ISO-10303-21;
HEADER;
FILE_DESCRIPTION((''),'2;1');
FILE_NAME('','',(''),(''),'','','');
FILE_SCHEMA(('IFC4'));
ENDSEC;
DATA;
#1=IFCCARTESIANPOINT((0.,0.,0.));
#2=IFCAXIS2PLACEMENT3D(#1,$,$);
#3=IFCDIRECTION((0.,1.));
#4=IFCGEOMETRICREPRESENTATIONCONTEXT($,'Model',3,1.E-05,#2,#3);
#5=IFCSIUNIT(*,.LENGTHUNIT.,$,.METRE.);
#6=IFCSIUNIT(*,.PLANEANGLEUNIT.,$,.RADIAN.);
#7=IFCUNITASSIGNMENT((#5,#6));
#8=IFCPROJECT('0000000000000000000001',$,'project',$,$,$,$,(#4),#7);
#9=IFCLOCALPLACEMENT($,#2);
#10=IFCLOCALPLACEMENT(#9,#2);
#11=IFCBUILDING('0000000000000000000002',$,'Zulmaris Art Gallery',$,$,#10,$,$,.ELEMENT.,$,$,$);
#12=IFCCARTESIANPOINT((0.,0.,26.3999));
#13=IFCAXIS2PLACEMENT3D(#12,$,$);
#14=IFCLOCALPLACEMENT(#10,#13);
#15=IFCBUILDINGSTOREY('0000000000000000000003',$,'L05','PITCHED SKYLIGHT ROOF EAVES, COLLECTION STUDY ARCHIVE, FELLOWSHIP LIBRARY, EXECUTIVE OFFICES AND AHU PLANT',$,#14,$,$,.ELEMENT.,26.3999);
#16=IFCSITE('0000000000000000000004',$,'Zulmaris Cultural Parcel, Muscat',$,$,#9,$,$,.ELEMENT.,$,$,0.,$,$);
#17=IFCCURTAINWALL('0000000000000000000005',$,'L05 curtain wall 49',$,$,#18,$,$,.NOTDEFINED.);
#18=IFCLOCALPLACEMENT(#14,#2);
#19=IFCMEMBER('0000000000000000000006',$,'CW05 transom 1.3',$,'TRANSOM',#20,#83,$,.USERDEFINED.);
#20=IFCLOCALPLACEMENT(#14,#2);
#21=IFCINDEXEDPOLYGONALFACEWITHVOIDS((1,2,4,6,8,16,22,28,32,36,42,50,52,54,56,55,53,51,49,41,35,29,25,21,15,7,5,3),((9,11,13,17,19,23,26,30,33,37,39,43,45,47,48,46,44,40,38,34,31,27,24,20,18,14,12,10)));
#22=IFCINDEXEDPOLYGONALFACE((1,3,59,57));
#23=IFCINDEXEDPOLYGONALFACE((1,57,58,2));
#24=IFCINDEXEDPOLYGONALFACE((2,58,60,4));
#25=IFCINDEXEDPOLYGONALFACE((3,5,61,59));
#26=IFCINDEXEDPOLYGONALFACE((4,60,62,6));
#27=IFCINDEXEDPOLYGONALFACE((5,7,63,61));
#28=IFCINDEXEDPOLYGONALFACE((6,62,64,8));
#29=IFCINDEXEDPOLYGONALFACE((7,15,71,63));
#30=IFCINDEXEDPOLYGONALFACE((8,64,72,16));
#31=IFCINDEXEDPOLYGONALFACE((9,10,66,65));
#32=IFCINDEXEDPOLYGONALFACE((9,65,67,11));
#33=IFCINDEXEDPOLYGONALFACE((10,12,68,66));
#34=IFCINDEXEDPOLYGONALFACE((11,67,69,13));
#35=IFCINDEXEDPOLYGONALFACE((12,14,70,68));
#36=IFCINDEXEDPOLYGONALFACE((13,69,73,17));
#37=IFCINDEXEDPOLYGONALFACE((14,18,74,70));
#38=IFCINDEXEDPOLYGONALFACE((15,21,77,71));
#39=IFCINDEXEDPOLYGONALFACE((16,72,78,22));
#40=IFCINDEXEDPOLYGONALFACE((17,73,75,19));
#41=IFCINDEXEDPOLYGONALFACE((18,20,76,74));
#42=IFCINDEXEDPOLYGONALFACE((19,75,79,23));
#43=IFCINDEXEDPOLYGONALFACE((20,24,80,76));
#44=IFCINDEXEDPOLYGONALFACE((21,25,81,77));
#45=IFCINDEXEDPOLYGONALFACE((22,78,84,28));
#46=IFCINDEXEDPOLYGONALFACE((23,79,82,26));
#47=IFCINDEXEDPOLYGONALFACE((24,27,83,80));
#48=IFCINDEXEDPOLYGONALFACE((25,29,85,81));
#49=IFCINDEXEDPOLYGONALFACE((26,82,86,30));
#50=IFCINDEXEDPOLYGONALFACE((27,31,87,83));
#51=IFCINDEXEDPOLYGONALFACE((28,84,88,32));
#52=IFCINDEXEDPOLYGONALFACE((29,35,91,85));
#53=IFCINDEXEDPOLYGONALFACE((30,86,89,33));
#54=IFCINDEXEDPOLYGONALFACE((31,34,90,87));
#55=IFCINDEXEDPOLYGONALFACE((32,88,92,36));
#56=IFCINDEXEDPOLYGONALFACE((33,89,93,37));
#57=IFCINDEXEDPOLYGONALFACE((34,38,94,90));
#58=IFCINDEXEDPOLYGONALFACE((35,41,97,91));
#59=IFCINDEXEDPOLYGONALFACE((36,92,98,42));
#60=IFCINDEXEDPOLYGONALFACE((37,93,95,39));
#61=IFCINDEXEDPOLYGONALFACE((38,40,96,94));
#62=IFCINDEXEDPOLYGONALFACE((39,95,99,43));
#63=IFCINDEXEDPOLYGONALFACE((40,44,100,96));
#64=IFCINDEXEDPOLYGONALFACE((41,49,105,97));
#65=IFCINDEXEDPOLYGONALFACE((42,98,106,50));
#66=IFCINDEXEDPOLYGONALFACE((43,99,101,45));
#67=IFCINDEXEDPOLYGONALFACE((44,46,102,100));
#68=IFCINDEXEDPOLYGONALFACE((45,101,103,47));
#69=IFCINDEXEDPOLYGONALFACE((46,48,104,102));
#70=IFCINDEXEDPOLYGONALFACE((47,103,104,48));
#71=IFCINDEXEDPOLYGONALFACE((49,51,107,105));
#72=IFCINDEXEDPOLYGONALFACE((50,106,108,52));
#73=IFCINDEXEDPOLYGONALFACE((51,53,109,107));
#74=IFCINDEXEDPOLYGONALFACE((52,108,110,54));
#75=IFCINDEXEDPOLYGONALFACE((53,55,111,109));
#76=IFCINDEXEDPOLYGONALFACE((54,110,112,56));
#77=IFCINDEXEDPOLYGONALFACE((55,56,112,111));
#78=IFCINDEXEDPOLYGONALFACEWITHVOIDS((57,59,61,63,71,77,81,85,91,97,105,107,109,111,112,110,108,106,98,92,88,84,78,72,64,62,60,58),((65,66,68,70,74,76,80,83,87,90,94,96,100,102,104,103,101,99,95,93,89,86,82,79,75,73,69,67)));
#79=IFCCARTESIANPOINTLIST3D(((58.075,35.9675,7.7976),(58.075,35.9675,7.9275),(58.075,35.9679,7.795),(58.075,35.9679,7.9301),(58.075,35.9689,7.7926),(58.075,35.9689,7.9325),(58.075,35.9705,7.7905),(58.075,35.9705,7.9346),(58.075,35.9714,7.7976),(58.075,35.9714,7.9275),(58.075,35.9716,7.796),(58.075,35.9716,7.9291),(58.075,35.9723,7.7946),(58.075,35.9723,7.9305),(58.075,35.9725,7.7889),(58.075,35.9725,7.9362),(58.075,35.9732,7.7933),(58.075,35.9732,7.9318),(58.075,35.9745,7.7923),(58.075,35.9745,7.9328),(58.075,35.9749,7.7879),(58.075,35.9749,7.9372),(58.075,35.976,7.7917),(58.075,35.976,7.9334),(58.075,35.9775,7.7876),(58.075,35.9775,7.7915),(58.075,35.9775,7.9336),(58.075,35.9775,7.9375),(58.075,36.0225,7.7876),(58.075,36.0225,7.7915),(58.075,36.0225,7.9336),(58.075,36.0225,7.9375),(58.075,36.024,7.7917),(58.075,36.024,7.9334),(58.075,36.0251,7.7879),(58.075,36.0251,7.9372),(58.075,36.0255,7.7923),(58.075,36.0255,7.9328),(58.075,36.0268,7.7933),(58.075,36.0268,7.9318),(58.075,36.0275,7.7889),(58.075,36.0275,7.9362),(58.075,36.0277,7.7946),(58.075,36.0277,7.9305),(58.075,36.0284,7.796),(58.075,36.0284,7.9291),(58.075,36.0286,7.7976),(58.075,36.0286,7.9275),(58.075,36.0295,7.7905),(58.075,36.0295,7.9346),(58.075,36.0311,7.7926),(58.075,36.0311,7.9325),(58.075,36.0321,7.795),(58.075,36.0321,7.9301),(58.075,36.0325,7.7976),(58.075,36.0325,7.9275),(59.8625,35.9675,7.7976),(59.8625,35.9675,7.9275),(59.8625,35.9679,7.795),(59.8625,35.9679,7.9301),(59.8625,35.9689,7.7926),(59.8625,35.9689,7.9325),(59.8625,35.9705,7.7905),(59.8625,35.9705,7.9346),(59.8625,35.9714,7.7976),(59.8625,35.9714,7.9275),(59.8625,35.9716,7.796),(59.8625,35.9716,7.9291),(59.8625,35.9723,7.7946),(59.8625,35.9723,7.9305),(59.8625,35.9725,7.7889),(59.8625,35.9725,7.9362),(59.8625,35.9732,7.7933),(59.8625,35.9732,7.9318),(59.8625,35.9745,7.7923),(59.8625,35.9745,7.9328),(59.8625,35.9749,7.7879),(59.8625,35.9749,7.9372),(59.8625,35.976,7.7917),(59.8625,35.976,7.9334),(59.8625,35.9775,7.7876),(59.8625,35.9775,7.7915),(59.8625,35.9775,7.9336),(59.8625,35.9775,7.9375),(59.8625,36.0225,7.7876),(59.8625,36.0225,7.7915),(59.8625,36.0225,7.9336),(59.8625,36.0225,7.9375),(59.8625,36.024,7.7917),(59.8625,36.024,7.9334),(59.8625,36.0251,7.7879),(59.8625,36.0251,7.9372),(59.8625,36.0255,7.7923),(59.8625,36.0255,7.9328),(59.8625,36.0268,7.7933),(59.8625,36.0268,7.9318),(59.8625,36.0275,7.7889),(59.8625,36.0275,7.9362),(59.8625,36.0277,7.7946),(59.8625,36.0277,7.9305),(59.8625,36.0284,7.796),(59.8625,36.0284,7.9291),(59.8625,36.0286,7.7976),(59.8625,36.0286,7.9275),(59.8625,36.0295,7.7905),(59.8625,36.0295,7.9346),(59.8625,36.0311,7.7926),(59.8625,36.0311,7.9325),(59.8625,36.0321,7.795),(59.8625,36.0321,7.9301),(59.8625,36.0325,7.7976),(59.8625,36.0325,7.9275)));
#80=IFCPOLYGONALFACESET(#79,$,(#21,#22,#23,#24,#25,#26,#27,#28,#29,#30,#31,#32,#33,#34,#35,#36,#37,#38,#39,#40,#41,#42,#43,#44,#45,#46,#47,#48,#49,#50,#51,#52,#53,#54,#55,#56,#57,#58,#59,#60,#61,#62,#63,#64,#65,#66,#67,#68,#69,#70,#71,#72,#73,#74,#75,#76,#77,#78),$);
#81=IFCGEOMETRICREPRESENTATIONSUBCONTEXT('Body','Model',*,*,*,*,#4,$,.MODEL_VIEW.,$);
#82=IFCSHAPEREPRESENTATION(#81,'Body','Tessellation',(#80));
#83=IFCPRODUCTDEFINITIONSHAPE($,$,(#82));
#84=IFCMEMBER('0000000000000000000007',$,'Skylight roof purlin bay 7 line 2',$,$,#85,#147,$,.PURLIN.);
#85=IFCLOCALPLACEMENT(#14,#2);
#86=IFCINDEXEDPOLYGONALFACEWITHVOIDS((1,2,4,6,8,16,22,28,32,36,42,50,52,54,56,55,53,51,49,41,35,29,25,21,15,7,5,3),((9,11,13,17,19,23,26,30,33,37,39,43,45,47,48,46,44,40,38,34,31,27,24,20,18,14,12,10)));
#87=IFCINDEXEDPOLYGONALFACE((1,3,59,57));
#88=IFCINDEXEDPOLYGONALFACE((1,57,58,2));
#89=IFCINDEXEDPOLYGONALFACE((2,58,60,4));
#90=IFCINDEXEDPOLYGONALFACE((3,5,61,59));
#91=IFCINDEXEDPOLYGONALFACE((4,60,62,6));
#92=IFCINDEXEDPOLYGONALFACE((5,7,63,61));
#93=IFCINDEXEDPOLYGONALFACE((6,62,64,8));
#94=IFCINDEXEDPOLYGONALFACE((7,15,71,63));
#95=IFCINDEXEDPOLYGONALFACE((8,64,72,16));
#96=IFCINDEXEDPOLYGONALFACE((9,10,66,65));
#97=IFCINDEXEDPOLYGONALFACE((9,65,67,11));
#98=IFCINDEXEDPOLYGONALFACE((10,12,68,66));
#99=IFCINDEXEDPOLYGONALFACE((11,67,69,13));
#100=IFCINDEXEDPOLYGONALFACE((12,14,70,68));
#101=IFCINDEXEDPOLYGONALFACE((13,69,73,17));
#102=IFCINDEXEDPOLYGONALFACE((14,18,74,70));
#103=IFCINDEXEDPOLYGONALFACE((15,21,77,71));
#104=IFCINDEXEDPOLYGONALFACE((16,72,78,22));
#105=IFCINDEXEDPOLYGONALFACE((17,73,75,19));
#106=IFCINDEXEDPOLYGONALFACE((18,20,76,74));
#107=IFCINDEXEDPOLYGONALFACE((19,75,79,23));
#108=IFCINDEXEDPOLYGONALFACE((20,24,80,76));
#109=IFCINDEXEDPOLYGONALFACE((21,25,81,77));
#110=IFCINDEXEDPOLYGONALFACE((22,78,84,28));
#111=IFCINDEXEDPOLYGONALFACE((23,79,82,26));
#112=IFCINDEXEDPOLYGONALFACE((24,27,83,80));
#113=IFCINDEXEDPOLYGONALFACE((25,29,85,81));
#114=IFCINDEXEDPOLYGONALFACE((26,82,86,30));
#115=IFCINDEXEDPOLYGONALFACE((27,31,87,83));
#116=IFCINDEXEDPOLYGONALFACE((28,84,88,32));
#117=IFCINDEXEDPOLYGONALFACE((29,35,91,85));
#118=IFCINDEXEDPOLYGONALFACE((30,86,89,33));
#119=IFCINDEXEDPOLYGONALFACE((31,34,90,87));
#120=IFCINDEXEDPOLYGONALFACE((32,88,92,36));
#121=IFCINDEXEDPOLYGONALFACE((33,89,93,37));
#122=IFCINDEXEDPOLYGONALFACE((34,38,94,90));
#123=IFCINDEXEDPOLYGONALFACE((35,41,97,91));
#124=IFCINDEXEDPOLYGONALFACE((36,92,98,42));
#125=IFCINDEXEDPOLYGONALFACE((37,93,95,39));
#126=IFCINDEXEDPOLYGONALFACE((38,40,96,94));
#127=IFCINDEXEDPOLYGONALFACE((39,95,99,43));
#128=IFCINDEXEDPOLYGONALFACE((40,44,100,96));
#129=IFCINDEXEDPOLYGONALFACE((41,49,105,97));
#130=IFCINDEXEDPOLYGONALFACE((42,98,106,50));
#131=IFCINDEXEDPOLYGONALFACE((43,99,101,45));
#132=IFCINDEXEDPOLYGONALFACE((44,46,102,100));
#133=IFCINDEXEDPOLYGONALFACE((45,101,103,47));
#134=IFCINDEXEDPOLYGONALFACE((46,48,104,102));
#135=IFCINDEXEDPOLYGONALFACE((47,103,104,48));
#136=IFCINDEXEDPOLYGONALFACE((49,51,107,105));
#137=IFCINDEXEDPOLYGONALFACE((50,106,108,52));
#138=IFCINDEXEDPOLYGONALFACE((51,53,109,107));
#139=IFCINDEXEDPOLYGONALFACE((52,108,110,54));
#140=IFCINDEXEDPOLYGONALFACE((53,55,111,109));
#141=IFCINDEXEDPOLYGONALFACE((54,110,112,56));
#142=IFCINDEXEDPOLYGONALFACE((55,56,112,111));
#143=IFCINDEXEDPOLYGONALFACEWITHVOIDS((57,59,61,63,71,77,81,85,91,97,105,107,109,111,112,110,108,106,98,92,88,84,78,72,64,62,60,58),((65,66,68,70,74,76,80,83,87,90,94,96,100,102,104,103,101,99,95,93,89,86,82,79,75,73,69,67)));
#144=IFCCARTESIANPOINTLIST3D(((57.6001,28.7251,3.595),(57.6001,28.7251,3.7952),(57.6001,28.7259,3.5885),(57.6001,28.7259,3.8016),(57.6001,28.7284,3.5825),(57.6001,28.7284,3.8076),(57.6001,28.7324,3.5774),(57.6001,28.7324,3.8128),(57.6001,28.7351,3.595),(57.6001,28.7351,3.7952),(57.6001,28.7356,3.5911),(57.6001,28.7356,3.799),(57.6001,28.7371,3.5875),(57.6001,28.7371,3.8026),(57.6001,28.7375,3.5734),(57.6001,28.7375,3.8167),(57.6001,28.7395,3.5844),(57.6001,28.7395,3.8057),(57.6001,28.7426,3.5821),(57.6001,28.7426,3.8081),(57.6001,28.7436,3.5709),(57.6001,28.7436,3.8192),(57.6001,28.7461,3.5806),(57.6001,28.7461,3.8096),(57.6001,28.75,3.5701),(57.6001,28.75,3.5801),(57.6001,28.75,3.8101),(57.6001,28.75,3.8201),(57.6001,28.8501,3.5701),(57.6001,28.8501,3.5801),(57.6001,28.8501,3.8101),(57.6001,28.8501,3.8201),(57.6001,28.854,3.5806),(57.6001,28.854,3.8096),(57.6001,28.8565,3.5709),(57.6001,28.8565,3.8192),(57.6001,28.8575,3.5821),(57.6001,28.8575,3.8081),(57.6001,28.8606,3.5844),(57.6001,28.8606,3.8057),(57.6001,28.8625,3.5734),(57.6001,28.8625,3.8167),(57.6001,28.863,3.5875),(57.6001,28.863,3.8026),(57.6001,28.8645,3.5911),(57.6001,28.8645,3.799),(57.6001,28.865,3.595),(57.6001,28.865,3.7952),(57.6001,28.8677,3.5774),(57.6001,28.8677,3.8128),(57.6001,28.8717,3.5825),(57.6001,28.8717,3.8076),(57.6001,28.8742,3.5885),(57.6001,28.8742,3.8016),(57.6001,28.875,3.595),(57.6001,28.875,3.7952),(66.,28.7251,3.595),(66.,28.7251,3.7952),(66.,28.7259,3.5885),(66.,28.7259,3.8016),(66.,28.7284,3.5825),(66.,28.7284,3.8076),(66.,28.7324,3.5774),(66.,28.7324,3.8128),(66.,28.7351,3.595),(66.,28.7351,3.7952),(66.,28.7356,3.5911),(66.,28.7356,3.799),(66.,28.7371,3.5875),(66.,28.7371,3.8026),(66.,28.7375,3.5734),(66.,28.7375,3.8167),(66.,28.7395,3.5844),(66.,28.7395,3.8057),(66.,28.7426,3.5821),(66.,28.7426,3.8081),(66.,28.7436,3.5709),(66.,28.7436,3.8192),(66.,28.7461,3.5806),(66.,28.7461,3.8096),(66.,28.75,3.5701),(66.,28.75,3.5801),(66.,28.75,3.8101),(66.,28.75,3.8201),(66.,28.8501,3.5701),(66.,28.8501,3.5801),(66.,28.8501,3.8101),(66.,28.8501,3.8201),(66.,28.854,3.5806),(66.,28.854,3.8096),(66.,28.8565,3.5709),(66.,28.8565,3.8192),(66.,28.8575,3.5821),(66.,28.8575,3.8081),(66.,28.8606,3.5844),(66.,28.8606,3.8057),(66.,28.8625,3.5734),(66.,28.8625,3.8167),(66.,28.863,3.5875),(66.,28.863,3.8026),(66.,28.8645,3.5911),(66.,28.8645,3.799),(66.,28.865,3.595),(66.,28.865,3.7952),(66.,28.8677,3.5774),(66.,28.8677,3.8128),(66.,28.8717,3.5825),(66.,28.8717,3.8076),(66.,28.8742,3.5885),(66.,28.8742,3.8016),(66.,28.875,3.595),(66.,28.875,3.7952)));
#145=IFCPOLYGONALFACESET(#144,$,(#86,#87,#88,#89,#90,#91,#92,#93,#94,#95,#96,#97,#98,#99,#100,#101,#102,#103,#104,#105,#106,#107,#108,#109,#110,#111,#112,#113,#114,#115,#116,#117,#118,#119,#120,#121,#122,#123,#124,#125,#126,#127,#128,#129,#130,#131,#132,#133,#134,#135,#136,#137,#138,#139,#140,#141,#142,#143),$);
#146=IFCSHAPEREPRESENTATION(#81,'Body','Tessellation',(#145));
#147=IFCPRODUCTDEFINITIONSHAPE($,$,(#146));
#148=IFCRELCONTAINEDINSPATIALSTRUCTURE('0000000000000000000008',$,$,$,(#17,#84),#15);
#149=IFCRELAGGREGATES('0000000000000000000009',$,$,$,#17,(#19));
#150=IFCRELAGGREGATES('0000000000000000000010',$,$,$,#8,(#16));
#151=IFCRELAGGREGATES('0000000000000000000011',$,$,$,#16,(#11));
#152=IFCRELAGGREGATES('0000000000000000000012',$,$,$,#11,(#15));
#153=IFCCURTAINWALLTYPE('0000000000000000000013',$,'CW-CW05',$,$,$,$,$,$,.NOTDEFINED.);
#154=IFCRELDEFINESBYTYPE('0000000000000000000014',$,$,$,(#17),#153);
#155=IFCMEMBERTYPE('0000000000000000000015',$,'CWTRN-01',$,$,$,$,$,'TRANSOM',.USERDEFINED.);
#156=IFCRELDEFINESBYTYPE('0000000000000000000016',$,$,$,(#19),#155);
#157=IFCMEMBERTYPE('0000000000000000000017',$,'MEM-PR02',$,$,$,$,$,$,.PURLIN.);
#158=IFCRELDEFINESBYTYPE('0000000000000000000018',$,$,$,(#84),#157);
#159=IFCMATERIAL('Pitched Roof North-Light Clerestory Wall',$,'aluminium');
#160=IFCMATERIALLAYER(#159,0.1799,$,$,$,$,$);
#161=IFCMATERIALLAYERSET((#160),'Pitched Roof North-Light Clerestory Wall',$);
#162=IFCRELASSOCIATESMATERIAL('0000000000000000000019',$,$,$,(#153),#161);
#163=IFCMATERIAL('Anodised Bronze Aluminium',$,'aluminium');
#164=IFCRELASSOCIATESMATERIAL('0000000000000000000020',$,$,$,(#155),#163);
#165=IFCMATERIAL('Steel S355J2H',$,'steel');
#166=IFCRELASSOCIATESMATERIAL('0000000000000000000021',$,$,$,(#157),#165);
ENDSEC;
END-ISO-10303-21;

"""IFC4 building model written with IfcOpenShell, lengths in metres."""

from ifc_helpers import new_model, si_unit, direction, frame, origin, origin_2d, place, context, subcontext, project, spatial, hollow_rectangle, extrude, material, layer, layer_set, material_profile, profile_set, type_object, element, aggregate, save


model = new_model("IFC4")

# Units and contexts
model_context = context("Model", 3, precision=1e-05, world=origin(), true_north=direction((0.0, 1.0)))
body_context = subcontext(model_context, "Body", "Model", "MODEL_VIEW")
ifc_project = project(units=[si_unit("LENGTHUNIT", "METRE"), si_unit("PLANEANGLEUNIT", "RADIAN")], contexts=[model_context])

# Site, building, storey
site_placement = place(None, origin())
site = spatial("IfcSite", under=ifc_project, at=site_placement, Name="Zulmaris Cultural Parcel, Muscat", CompositionType="ELEMENT", RefElevation=0.0)
building_placement = place(site_placement, origin())
building = spatial("IfcBuilding", under=site, at=building_placement, Name="Zulmaris Art Gallery", CompositionType="ELEMENT")
storey_placement = place(building_placement, frame((0.0, 0.0, 26.3999)))
storey = spatial("IfcBuildingStorey", under=building, at=storey_placement, Name="L05", Description="PITCHED SKYLIGHT ROOF EAVES, COLLECTION STUDY ARCHIVE, FELLOWSHIP LIBRARY, EXECUTIVE OFFICES AND AHU PLANT", CompositionType="ELEMENT", Elevation=26.3999)

# Curtain wall, member
ifc_material_1 = material(Name="Pitched Roof North-Light Clerestory Wall", Category="aluminium")
ifc_layer_1 = layer(ifc_material_1, 0.1799)
ifc_layer_set_1 = layer_set([ifc_layer_1], Name="Pitched Roof North-Light Clerestory Wall")
curtain_wall_type = type_object("IfcCurtainWallType", Name="CW-CW05", PredefinedType="NOTDEFINED", material=ifc_layer_set_1)
curtain_wall_placement = place(storey_placement, origin())
curtain_wall = element("IfcCurtainWall", 1, at=curtain_wall_placement, inside=storey, type_object=curtain_wall_type, Name="L05 curtain wall 49", PredefinedType="NOTDEFINED")
ifc_material_2 = material(Name="Anodised Bronze Aluminium", Category="aluminium")
ifc_material_profile_1 = material_profile(ifc_material_2, hollow_rectangle(XDim=0.0649, YDim=0.1499, WallThickness=0.0039, InnerFilletRadius=0.0061, OuterFilletRadius=0.01, at=origin_2d()), Name="ALU 65x150x4")
ifc_profile_set_1 = profile_set([ifc_material_profile_1], Name="Anodised Bronze Aluminium")
member_type_1 = type_object("IfcMemberType", Name="CWTRN-01", ElementType="TRANSOM", PredefinedType="USERDEFINED", material=ifc_profile_set_1)
member_1_placement = place(storey_placement, frame((58.075, 36.0, 7.8625), z_axis=(1.0, 0.0, 0.0), x_axis=(0.0, 1.0, 0.0)))
member_1 = element("IfcMember", 2, at=member_1_placement, type_object=member_type_1, Name="CW05 transom 1.3", ObjectType="TRANSOM", PredefinedType="USERDEFINED", context=body_context, shape_type="SweptSolid", body=[
    extrude(hollow_rectangle(XDim=0.0649, YDim=0.1499, WallThickness=0.0039, InnerFilletRadius=0.0061, OuterFilletRadius=0.01, at=origin_2d()), origin(), (0.0, 0.0, 1.0), 1.7876),
])

# Member
ifc_material_3 = material(Name="Steel S355J2H", Category="steel")
ifc_material_profile_2 = material_profile(ifc_material_3, hollow_rectangle(XDim=0.1499, YDim=0.25, WallThickness=0.01, InnerFilletRadius=0.0149, OuterFilletRadius=0.0249, at=origin_2d()), Name="RHS 250x150x10")
ifc_profile_set_2 = profile_set([ifc_material_profile_2], Name="Steel S355J2H")
member_type_2 = type_object("IfcMemberType", Name="MEM-PR02", PredefinedType="PURLIN", material=ifc_profile_set_2)
for number, where, z_axis, x_axis, name in (
    (3, (57.6001, 28.8, 3.6951), (1.0, 0.0, 0.0), (0.0, 1.0, 0.0), "Skylight roof purlin bay 7 line 2"),
):
    element("IfcMember", number, at=place(storey_placement, frame(where, z_axis=z_axis, x_axis=x_axis)), inside=storey, type_object=member_type_2, Name=name, PredefinedType="PURLIN", context=body_context, shape_type="SweptSolid", body=[
        extrude(hollow_rectangle(XDim=0.1499, YDim=0.25, WallThickness=0.01, InnerFilletRadius=0.0149, OuterFilletRadius=0.0249, at=origin_2d()), origin(), (0.0, 0.0, 1.0), 8.3999),
    ])

aggregate(curtain_wall, [member_1])

save(model, "model.ifc")
